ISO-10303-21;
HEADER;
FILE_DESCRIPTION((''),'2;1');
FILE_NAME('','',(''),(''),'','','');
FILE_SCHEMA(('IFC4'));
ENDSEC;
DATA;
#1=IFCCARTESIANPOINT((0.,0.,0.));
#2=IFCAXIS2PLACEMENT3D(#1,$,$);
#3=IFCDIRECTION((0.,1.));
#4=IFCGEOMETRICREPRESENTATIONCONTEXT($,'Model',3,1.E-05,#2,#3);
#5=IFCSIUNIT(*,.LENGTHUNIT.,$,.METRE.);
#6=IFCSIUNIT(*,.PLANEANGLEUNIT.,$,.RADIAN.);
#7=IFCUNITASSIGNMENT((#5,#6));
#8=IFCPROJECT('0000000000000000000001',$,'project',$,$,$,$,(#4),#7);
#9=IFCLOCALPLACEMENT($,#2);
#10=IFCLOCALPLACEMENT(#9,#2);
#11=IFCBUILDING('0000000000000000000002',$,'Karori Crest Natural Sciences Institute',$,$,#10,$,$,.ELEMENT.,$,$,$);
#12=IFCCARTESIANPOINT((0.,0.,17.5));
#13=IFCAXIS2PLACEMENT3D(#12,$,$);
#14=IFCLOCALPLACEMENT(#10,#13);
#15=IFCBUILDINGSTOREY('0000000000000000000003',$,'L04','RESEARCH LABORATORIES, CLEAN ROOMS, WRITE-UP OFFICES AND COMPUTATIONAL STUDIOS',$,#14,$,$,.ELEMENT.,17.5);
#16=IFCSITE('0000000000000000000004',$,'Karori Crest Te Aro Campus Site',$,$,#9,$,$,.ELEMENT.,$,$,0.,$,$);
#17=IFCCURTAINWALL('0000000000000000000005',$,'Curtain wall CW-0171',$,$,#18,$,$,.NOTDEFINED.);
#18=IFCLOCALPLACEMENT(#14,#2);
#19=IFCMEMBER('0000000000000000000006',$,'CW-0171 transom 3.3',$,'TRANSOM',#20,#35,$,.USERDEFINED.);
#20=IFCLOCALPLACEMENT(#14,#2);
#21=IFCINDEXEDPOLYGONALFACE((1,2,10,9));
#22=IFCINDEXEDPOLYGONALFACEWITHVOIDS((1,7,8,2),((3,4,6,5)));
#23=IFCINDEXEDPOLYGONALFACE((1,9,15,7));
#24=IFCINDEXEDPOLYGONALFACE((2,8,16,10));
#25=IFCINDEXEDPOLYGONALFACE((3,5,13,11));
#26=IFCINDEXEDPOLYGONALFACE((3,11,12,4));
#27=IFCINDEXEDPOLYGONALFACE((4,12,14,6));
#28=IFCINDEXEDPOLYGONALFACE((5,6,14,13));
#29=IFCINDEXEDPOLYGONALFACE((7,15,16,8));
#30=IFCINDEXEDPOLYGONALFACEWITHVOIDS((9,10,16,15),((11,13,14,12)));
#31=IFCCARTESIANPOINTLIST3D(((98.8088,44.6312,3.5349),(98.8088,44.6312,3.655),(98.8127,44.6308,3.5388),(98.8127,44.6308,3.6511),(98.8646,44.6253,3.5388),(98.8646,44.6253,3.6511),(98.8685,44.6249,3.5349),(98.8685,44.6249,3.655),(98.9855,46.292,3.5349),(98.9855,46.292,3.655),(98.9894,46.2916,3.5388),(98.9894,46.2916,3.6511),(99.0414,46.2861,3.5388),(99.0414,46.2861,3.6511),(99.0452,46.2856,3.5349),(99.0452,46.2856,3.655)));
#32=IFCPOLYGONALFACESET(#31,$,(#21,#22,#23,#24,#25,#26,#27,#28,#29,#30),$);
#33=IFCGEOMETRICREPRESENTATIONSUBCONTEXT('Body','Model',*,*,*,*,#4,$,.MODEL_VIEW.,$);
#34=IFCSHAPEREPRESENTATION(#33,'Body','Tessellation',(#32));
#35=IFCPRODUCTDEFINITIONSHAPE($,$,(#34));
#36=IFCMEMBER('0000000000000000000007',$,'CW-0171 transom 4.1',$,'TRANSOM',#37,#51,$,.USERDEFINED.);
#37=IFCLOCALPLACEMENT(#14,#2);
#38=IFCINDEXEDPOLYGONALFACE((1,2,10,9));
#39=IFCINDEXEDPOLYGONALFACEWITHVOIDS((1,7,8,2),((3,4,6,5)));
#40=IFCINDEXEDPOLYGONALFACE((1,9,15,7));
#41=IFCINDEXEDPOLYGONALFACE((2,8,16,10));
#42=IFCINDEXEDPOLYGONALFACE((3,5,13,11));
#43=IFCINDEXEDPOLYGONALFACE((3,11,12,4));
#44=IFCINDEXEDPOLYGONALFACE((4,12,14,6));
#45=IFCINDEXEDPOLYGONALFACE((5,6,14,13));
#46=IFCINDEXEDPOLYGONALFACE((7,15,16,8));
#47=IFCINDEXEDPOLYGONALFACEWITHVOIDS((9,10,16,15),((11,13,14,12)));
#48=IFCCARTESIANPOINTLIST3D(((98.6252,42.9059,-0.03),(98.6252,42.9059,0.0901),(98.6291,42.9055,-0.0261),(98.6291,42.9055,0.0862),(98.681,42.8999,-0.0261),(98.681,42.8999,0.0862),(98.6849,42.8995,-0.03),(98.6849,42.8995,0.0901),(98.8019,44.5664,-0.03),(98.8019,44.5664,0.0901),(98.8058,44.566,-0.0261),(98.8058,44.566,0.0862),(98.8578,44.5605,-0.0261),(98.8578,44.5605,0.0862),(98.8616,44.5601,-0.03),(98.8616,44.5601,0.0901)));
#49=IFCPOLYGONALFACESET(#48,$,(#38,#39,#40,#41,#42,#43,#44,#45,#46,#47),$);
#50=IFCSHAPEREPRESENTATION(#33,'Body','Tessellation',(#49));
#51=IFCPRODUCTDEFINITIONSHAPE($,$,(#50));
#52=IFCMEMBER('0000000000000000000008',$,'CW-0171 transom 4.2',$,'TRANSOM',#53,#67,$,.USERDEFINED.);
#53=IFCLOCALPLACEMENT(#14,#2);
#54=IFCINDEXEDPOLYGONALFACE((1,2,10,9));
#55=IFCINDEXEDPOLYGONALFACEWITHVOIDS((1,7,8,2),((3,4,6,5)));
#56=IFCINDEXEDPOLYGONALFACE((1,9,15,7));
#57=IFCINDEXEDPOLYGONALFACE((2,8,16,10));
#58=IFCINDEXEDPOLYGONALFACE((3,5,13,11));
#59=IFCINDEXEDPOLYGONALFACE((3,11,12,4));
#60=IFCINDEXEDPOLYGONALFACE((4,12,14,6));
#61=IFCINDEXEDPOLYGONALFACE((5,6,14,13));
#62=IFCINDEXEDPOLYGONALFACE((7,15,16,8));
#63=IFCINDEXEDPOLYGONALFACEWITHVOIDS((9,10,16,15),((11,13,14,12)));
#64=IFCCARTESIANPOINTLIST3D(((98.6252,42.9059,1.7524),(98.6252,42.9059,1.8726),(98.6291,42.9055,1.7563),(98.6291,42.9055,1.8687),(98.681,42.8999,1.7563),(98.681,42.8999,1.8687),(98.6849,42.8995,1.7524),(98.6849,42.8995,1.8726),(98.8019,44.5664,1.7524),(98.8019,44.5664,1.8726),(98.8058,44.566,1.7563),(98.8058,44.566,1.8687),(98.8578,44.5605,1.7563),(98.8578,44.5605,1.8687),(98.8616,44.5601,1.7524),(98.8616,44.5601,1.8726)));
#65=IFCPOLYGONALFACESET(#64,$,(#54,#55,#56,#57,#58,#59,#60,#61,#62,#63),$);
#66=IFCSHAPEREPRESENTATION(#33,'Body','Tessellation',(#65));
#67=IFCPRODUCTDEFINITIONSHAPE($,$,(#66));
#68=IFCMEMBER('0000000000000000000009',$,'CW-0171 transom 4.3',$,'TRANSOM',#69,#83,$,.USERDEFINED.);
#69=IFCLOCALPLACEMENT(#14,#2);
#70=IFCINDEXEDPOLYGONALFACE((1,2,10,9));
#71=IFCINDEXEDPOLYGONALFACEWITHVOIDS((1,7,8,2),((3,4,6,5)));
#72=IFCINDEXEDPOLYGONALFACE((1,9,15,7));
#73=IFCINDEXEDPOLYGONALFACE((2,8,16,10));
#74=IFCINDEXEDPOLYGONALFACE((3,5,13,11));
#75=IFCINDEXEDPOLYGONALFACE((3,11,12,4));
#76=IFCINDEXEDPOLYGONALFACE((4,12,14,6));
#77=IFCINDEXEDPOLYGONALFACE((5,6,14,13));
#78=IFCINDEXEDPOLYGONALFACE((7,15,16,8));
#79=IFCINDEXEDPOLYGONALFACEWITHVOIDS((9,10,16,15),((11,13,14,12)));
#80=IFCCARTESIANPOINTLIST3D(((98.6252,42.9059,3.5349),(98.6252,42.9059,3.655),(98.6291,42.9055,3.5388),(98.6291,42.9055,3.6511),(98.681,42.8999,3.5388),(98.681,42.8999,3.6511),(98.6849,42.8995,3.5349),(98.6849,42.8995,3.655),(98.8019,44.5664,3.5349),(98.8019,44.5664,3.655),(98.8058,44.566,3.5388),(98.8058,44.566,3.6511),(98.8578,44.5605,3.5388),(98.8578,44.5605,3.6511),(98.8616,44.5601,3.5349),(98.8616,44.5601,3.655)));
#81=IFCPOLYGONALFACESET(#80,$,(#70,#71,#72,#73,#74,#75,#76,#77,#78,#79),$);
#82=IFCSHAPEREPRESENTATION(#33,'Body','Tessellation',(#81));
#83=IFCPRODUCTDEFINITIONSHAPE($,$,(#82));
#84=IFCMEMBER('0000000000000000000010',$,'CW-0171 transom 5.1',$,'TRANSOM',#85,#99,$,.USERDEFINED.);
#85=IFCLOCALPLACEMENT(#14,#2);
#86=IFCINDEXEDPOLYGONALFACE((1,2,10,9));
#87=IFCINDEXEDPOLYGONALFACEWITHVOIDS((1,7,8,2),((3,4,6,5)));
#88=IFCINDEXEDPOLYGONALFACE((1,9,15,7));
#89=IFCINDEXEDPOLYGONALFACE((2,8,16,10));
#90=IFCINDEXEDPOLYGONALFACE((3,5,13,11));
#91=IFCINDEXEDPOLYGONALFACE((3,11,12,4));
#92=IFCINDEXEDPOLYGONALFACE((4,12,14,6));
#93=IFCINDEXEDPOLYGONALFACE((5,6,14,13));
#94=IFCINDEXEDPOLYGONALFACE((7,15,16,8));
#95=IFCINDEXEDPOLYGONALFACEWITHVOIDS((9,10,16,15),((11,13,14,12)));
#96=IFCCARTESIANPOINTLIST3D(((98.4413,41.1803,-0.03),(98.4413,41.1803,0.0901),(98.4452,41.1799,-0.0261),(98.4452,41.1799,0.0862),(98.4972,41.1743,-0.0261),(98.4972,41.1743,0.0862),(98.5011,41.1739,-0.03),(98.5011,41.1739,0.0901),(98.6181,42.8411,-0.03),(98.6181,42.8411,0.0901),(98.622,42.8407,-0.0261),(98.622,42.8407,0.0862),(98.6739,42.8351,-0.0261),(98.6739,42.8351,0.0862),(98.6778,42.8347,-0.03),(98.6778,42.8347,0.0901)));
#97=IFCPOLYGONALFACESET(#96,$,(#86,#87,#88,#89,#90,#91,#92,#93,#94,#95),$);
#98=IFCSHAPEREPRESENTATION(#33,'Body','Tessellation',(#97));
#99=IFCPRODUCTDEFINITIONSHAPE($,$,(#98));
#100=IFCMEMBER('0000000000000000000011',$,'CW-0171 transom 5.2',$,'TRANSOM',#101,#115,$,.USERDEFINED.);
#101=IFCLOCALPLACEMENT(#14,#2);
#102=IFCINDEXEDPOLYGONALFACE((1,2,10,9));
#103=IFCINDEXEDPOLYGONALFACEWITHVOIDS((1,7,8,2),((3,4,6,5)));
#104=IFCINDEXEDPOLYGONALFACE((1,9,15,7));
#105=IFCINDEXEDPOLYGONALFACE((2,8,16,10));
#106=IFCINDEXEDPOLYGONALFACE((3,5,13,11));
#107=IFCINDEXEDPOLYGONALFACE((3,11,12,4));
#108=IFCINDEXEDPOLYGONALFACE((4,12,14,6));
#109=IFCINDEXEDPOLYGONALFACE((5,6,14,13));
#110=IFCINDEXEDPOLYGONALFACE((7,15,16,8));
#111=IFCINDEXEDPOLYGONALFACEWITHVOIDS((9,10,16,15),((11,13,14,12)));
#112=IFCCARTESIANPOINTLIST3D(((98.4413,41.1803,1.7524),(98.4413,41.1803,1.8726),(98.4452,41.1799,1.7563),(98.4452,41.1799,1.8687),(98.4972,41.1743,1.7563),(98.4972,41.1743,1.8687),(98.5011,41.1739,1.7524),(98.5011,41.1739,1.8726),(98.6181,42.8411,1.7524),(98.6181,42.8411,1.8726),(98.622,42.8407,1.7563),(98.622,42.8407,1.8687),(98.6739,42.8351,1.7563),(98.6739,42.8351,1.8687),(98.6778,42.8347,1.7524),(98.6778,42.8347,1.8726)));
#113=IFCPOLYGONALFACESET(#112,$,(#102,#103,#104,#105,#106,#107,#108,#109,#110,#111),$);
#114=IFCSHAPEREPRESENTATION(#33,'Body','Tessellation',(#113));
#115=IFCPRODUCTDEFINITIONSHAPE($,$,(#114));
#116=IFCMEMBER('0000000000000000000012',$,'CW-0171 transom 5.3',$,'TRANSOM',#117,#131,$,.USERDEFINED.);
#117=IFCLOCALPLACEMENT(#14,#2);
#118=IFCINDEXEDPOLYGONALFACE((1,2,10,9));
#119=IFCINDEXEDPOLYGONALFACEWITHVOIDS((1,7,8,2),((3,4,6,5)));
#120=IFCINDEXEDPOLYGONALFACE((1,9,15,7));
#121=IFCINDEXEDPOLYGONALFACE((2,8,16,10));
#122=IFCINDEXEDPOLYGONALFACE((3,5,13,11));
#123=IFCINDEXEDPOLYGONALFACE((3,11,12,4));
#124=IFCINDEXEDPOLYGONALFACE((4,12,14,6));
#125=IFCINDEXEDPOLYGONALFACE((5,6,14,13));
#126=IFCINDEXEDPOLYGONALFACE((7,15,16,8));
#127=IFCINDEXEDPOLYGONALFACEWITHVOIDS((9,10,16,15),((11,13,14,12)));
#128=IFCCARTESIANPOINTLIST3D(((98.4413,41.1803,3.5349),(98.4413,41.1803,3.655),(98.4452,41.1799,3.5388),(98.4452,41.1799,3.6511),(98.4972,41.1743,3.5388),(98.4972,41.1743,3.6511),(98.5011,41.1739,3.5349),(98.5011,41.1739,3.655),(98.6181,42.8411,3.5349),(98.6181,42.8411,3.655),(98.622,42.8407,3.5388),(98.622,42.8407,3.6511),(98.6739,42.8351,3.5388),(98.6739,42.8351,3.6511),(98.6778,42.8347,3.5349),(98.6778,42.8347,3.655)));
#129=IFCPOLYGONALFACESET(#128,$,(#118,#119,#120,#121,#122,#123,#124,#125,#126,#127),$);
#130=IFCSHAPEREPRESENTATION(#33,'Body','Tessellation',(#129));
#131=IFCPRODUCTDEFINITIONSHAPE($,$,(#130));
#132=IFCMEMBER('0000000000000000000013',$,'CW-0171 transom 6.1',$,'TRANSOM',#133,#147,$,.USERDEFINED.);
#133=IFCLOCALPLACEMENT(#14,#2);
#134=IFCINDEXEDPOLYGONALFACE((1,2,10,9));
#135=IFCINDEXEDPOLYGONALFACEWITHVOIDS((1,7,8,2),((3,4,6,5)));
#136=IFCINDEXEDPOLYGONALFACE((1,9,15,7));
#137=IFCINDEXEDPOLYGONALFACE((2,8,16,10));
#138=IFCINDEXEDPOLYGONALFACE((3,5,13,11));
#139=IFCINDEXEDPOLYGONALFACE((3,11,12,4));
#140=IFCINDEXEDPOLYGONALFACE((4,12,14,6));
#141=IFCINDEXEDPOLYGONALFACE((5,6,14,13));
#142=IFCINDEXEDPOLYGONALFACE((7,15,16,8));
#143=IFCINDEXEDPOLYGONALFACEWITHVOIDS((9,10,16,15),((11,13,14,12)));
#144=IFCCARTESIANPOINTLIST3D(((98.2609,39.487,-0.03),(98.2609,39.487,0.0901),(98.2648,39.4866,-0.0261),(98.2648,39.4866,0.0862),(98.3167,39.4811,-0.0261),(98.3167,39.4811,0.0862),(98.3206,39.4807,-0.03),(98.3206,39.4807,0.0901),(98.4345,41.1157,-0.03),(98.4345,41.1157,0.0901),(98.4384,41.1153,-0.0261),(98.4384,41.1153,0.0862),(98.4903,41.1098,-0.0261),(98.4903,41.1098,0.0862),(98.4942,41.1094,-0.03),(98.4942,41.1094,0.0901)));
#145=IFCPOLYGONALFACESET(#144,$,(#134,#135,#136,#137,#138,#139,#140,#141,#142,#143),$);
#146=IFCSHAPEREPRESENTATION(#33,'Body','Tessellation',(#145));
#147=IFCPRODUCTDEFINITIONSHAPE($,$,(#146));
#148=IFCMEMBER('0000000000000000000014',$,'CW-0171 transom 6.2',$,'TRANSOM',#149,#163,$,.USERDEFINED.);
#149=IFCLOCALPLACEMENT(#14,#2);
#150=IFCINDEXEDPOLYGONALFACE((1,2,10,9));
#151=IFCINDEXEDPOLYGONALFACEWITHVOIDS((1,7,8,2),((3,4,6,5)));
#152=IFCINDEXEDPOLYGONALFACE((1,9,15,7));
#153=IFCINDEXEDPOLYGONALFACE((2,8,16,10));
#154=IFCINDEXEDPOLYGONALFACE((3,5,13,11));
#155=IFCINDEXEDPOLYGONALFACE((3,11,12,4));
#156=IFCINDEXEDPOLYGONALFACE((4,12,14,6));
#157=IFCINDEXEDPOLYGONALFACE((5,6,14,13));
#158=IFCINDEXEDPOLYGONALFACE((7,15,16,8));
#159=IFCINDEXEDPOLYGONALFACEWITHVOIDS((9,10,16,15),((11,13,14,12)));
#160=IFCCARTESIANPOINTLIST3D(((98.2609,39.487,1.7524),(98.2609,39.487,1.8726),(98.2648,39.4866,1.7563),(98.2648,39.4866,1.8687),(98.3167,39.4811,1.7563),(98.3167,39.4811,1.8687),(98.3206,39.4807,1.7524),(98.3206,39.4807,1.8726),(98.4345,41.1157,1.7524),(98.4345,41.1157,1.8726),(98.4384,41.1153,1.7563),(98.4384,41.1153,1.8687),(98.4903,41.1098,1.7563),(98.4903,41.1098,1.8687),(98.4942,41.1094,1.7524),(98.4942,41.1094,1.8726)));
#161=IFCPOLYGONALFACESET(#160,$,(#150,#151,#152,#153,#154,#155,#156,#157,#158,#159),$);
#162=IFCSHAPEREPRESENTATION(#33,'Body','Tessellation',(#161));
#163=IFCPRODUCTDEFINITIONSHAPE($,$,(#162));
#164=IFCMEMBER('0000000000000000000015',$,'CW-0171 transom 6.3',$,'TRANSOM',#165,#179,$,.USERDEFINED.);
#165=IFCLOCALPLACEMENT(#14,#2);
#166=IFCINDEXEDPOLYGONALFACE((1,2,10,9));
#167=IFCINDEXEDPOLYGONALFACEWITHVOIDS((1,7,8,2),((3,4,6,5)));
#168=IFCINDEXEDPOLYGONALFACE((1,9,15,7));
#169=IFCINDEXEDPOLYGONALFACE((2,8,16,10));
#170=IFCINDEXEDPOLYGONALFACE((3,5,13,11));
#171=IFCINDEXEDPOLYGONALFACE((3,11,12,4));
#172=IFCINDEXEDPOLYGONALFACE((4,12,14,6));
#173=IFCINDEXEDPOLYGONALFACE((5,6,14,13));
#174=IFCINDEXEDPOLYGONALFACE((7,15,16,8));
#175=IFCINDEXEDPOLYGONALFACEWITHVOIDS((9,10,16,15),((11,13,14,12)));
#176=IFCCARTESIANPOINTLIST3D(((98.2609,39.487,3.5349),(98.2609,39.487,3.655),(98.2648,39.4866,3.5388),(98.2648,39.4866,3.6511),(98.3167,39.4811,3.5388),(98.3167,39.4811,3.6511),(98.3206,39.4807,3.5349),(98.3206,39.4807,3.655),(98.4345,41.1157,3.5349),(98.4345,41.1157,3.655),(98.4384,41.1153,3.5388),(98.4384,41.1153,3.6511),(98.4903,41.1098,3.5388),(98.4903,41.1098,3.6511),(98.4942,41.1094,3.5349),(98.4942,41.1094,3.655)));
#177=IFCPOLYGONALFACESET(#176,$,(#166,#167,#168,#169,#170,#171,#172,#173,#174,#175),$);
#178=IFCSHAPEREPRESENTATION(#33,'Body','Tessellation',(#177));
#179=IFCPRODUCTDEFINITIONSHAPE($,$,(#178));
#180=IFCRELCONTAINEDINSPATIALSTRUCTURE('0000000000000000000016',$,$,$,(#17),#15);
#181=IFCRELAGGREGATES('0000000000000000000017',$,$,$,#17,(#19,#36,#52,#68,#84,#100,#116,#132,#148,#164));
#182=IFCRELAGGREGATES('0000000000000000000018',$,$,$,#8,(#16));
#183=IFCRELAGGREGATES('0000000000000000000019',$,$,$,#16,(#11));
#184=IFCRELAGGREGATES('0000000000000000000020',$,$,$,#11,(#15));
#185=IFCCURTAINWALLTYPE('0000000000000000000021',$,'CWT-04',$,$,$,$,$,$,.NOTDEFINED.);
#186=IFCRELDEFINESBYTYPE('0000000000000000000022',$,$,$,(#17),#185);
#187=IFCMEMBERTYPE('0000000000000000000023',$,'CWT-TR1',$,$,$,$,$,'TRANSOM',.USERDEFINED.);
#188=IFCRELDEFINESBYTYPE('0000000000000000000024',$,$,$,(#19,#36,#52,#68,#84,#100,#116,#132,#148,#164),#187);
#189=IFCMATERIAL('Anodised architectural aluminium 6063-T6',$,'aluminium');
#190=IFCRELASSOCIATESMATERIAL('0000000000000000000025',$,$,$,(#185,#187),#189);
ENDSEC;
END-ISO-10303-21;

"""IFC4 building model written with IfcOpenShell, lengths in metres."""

from ifc_helpers import new_model, si_unit, direction, frame, origin, origin_2d, place, context, subcontext, project, spatial, hollow_rectangle, extrude, material, material_profile, profile_set, type_object, element, aggregate, save


model = new_model("IFC4")

# Units and contexts
model_context = context("Model", 3, precision=1e-05, world=origin(), true_north=direction((0.0, 1.0)))
body_context = subcontext(model_context, "Body", "Model", "MODEL_VIEW")
ifc_project = project(units=[si_unit("LENGTHUNIT", "METRE"), si_unit("PLANEANGLEUNIT", "RADIAN")], contexts=[model_context])

# Site, building, storey
site_placement = place(None, origin())
site = spatial("IfcSite", under=ifc_project, at=site_placement, Name="Karori Crest Te Aro Campus Site", CompositionType="ELEMENT", RefElevation=0.0)
building_placement = place(site_placement, origin())
building = spatial("IfcBuilding", under=site, at=building_placement, Name="Karori Crest Natural Sciences Institute", CompositionType="ELEMENT")
storey_placement = place(building_placement, frame((0.0, 0.0, 17.5)))
storey = spatial("IfcBuildingStorey", under=building, at=storey_placement, Name="L04", Description="RESEARCH LABORATORIES, CLEAN ROOMS, WRITE-UP OFFICES AND COMPUTATIONAL STUDIOS", CompositionType="ELEMENT", Elevation=17.5)

# Shared definitions
ifc_material_1 = material(Name="Anodised architectural aluminium 6063-T6", Category="aluminium")

# Curtain wall, members
curtain_wall_type_1 = type_object("IfcCurtainWallType", Name="CWT-04", PredefinedType="NOTDEFINED", material=ifc_material_1)
curtain_wall_1_placement = place(storey_placement, origin())
curtain_wall_1 = element("IfcCurtainWall", 1, at=curtain_wall_1_placement, inside=storey, type_object=curtain_wall_type_1, Name="Curtain wall CW-0171", PredefinedType="NOTDEFINED")
ifc_material_profile_1 = material_profile(ifc_material_1, hollow_rectangle(XDim=0.0601, YDim=0.1201, WallThickness=0.0039, at=origin_2d()), Name="CWT120x60x4")
ifc_profile_set_1 = profile_set([ifc_material_profile_1], Name="Anodised architectural aluminium 6063-T6")
member_type_1 = type_object("IfcMemberType", Name="CWT-TR1", ElementType="TRANSOM", PredefinedType="USERDEFINED", material=ifc_profile_set_1)
member_1_placement = place(storey_placement, frame((99.0154, 46.2888, 3.595), z_axis=(-0.105826, -0.994385, 0.0), x_axis=(0.994385, -0.105826, 0.0)))
member_1 = element("IfcMember", 2, at=member_1_placement, type_object=member_type_1, Name="CW-0171 transom 3.3", ObjectType="TRANSOM", PredefinedType="USERDEFINED", context=body_context, shape_type="SweptSolid", body=[
    extrude(hollow_rectangle(XDim=0.0601, YDim=0.1201, WallThickness=0.0039, at=origin_2d()), origin(), (0.0, 0.0, 1.0), 1.6702),
])
member_2_placement = place(storey_placement, frame((98.8318, 44.5632, 0.03), z_axis=(-0.105841, -0.994383, 0.0), x_axis=(0.994383, -0.105841, 0.0)))
member_2 = element("IfcMember", 3, at=member_2_placement, type_object=member_type_1, Name="CW-0171 transom 4.1", ObjectType="TRANSOM", PredefinedType="USERDEFINED", context=body_context, shape_type="SweptSolid", body=[
    extrude(hollow_rectangle(XDim=0.0601, YDim=0.1201, WallThickness=0.0039, at=origin_2d()), origin(), (0.0, 0.0, 1.0), 1.6699),
])
member_3_placement = place(storey_placement, frame((98.8318, 44.5632, 1.8125), z_axis=(-0.105841, -0.994383, 0.0), x_axis=(0.994383, -0.105841, 0.0)))
member_3 = element("IfcMember", 4, at=member_3_placement, type_object=member_type_1, Name="CW-0171 transom 4.2", ObjectType="TRANSOM", PredefinedType="USERDEFINED", context=body_context, shape_type="SweptSolid", body=[
    extrude(hollow_rectangle(XDim=0.0601, YDim=0.1201, WallThickness=0.0039, at=origin_2d()), origin(), (0.0, 0.0, 1.0), 1.6699),
])
member_4_placement = place(storey_placement, frame((98.8318, 44.5632, 3.595), z_axis=(-0.105841, -0.994383, 0.0), x_axis=(0.994383, -0.105841, 0.0)))
member_4 = element("IfcMember", 5, at=member_4_placement, type_object=member_type_1, Name="CW-0171 transom 4.3", ObjectType="TRANSOM", PredefinedType="USERDEFINED", context=body_context, shape_type="SweptSolid", body=[
    extrude(hollow_rectangle(XDim=0.0601, YDim=0.1201, WallThickness=0.0039, at=origin_2d()), origin(), (0.0, 0.0, 1.0), 1.6699),
])
member_5_placement = place(storey_placement, frame((98.6479, 42.8379, 0.03), z_axis=(-0.105826, -0.994385, 0.0), x_axis=(0.994385, -0.105826, 0.0)))
member_5 = element("IfcMember", 6, at=member_5_placement, type_object=member_type_1, Name="CW-0171 transom 5.1", ObjectType="TRANSOM", PredefinedType="USERDEFINED", context=body_context, shape_type="SweptSolid", body=[
    extrude(hollow_rectangle(XDim=0.0601, YDim=0.1201, WallThickness=0.0039, at=origin_2d()), origin(), (0.0, 0.0, 1.0), 1.6702),
])
member_6_placement = place(storey_placement, frame((98.6479, 42.8379, 1.8125), z_axis=(-0.105826, -0.994385, 0.0), x_axis=(0.994385, -0.105826, 0.0)))
member_6 = element("IfcMember", 7, at=member_6_placement, type_object=member_type_1, Name="CW-0171 transom 5.2", ObjectType="TRANSOM", PredefinedType="USERDEFINED", context=body_context, shape_type="SweptSolid", body=[
    extrude(hollow_rectangle(XDim=0.0601, YDim=0.1201, WallThickness=0.0039, at=origin_2d()), origin(), (0.0, 0.0, 1.0), 1.6702),
])
member_7_placement = place(storey_placement, frame((98.6479, 42.8379, 3.595), z_axis=(-0.105826, -0.994385, 0.0), x_axis=(0.994385, -0.105826, 0.0)))
member_7 = element("IfcMember", 8, at=member_7_placement, type_object=member_type_1, Name="CW-0171 transom 5.3", ObjectType="TRANSOM", PredefinedType="USERDEFINED", context=body_context, shape_type="SweptSolid", body=[
    extrude(hollow_rectangle(XDim=0.0601, YDim=0.1201, WallThickness=0.0039, at=origin_2d()), origin(), (0.0, 0.0, 1.0), 1.6702),
])
member_8_placement = place(storey_placement, frame((98.4644, 41.1125, 0.03), z_axis=(-0.10598, -0.994368, 0.0), x_axis=(0.994368, -0.10598, 0.0)))
member_8 = element("IfcMember", 9, at=member_8_placement, type_object=member_type_1, Name="CW-0171 transom 6.1", ObjectType="TRANSOM", PredefinedType="USERDEFINED", context=body_context, shape_type="SweptSolid", body=[
    extrude(hollow_rectangle(XDim=0.0601, YDim=0.1201, WallThickness=0.0039, at=origin_2d()), origin(), (0.0, 0.0, 1.0), 1.6379),
])
member_9_placement = place(storey_placement, frame((98.4644, 41.1125, 1.8125), z_axis=(-0.10598, -0.994368, 0.0), x_axis=(0.994368, -0.10598, 0.0)))
member_9 = element("IfcMember", 10, at=member_9_placement, type_object=member_type_1, Name="CW-0171 transom 6.2", ObjectType="TRANSOM", PredefinedType="USERDEFINED", context=body_context, shape_type="SweptSolid", body=[
    extrude(hollow_rectangle(XDim=0.0601, YDim=0.1201, WallThickness=0.0039, at=origin_2d()), origin(), (0.0, 0.0, 1.0), 1.6379),
])
member_10_placement = place(storey_placement, frame((98.4644, 41.1125, 3.595), z_axis=(-0.10598, -0.994368, 0.0), x_axis=(0.994368, -0.10598, 0.0)))
member_10 = element("IfcMember", 11, at=member_10_placement, type_object=member_type_1, Name="CW-0171 transom 6.3", ObjectType="TRANSOM", PredefinedType="USERDEFINED", context=body_context, shape_type="SweptSolid", body=[
    extrude(hollow_rectangle(XDim=0.0601, YDim=0.1201, WallThickness=0.0039, at=origin_2d()), origin(), (0.0, 0.0, 1.0), 1.6379),
])

aggregate(curtain_wall_1, [member_1, member_2, member_3, member_4, member_5, member_6, member_7, member_8, member_9, member_10])

save(model, "model.ifc")
